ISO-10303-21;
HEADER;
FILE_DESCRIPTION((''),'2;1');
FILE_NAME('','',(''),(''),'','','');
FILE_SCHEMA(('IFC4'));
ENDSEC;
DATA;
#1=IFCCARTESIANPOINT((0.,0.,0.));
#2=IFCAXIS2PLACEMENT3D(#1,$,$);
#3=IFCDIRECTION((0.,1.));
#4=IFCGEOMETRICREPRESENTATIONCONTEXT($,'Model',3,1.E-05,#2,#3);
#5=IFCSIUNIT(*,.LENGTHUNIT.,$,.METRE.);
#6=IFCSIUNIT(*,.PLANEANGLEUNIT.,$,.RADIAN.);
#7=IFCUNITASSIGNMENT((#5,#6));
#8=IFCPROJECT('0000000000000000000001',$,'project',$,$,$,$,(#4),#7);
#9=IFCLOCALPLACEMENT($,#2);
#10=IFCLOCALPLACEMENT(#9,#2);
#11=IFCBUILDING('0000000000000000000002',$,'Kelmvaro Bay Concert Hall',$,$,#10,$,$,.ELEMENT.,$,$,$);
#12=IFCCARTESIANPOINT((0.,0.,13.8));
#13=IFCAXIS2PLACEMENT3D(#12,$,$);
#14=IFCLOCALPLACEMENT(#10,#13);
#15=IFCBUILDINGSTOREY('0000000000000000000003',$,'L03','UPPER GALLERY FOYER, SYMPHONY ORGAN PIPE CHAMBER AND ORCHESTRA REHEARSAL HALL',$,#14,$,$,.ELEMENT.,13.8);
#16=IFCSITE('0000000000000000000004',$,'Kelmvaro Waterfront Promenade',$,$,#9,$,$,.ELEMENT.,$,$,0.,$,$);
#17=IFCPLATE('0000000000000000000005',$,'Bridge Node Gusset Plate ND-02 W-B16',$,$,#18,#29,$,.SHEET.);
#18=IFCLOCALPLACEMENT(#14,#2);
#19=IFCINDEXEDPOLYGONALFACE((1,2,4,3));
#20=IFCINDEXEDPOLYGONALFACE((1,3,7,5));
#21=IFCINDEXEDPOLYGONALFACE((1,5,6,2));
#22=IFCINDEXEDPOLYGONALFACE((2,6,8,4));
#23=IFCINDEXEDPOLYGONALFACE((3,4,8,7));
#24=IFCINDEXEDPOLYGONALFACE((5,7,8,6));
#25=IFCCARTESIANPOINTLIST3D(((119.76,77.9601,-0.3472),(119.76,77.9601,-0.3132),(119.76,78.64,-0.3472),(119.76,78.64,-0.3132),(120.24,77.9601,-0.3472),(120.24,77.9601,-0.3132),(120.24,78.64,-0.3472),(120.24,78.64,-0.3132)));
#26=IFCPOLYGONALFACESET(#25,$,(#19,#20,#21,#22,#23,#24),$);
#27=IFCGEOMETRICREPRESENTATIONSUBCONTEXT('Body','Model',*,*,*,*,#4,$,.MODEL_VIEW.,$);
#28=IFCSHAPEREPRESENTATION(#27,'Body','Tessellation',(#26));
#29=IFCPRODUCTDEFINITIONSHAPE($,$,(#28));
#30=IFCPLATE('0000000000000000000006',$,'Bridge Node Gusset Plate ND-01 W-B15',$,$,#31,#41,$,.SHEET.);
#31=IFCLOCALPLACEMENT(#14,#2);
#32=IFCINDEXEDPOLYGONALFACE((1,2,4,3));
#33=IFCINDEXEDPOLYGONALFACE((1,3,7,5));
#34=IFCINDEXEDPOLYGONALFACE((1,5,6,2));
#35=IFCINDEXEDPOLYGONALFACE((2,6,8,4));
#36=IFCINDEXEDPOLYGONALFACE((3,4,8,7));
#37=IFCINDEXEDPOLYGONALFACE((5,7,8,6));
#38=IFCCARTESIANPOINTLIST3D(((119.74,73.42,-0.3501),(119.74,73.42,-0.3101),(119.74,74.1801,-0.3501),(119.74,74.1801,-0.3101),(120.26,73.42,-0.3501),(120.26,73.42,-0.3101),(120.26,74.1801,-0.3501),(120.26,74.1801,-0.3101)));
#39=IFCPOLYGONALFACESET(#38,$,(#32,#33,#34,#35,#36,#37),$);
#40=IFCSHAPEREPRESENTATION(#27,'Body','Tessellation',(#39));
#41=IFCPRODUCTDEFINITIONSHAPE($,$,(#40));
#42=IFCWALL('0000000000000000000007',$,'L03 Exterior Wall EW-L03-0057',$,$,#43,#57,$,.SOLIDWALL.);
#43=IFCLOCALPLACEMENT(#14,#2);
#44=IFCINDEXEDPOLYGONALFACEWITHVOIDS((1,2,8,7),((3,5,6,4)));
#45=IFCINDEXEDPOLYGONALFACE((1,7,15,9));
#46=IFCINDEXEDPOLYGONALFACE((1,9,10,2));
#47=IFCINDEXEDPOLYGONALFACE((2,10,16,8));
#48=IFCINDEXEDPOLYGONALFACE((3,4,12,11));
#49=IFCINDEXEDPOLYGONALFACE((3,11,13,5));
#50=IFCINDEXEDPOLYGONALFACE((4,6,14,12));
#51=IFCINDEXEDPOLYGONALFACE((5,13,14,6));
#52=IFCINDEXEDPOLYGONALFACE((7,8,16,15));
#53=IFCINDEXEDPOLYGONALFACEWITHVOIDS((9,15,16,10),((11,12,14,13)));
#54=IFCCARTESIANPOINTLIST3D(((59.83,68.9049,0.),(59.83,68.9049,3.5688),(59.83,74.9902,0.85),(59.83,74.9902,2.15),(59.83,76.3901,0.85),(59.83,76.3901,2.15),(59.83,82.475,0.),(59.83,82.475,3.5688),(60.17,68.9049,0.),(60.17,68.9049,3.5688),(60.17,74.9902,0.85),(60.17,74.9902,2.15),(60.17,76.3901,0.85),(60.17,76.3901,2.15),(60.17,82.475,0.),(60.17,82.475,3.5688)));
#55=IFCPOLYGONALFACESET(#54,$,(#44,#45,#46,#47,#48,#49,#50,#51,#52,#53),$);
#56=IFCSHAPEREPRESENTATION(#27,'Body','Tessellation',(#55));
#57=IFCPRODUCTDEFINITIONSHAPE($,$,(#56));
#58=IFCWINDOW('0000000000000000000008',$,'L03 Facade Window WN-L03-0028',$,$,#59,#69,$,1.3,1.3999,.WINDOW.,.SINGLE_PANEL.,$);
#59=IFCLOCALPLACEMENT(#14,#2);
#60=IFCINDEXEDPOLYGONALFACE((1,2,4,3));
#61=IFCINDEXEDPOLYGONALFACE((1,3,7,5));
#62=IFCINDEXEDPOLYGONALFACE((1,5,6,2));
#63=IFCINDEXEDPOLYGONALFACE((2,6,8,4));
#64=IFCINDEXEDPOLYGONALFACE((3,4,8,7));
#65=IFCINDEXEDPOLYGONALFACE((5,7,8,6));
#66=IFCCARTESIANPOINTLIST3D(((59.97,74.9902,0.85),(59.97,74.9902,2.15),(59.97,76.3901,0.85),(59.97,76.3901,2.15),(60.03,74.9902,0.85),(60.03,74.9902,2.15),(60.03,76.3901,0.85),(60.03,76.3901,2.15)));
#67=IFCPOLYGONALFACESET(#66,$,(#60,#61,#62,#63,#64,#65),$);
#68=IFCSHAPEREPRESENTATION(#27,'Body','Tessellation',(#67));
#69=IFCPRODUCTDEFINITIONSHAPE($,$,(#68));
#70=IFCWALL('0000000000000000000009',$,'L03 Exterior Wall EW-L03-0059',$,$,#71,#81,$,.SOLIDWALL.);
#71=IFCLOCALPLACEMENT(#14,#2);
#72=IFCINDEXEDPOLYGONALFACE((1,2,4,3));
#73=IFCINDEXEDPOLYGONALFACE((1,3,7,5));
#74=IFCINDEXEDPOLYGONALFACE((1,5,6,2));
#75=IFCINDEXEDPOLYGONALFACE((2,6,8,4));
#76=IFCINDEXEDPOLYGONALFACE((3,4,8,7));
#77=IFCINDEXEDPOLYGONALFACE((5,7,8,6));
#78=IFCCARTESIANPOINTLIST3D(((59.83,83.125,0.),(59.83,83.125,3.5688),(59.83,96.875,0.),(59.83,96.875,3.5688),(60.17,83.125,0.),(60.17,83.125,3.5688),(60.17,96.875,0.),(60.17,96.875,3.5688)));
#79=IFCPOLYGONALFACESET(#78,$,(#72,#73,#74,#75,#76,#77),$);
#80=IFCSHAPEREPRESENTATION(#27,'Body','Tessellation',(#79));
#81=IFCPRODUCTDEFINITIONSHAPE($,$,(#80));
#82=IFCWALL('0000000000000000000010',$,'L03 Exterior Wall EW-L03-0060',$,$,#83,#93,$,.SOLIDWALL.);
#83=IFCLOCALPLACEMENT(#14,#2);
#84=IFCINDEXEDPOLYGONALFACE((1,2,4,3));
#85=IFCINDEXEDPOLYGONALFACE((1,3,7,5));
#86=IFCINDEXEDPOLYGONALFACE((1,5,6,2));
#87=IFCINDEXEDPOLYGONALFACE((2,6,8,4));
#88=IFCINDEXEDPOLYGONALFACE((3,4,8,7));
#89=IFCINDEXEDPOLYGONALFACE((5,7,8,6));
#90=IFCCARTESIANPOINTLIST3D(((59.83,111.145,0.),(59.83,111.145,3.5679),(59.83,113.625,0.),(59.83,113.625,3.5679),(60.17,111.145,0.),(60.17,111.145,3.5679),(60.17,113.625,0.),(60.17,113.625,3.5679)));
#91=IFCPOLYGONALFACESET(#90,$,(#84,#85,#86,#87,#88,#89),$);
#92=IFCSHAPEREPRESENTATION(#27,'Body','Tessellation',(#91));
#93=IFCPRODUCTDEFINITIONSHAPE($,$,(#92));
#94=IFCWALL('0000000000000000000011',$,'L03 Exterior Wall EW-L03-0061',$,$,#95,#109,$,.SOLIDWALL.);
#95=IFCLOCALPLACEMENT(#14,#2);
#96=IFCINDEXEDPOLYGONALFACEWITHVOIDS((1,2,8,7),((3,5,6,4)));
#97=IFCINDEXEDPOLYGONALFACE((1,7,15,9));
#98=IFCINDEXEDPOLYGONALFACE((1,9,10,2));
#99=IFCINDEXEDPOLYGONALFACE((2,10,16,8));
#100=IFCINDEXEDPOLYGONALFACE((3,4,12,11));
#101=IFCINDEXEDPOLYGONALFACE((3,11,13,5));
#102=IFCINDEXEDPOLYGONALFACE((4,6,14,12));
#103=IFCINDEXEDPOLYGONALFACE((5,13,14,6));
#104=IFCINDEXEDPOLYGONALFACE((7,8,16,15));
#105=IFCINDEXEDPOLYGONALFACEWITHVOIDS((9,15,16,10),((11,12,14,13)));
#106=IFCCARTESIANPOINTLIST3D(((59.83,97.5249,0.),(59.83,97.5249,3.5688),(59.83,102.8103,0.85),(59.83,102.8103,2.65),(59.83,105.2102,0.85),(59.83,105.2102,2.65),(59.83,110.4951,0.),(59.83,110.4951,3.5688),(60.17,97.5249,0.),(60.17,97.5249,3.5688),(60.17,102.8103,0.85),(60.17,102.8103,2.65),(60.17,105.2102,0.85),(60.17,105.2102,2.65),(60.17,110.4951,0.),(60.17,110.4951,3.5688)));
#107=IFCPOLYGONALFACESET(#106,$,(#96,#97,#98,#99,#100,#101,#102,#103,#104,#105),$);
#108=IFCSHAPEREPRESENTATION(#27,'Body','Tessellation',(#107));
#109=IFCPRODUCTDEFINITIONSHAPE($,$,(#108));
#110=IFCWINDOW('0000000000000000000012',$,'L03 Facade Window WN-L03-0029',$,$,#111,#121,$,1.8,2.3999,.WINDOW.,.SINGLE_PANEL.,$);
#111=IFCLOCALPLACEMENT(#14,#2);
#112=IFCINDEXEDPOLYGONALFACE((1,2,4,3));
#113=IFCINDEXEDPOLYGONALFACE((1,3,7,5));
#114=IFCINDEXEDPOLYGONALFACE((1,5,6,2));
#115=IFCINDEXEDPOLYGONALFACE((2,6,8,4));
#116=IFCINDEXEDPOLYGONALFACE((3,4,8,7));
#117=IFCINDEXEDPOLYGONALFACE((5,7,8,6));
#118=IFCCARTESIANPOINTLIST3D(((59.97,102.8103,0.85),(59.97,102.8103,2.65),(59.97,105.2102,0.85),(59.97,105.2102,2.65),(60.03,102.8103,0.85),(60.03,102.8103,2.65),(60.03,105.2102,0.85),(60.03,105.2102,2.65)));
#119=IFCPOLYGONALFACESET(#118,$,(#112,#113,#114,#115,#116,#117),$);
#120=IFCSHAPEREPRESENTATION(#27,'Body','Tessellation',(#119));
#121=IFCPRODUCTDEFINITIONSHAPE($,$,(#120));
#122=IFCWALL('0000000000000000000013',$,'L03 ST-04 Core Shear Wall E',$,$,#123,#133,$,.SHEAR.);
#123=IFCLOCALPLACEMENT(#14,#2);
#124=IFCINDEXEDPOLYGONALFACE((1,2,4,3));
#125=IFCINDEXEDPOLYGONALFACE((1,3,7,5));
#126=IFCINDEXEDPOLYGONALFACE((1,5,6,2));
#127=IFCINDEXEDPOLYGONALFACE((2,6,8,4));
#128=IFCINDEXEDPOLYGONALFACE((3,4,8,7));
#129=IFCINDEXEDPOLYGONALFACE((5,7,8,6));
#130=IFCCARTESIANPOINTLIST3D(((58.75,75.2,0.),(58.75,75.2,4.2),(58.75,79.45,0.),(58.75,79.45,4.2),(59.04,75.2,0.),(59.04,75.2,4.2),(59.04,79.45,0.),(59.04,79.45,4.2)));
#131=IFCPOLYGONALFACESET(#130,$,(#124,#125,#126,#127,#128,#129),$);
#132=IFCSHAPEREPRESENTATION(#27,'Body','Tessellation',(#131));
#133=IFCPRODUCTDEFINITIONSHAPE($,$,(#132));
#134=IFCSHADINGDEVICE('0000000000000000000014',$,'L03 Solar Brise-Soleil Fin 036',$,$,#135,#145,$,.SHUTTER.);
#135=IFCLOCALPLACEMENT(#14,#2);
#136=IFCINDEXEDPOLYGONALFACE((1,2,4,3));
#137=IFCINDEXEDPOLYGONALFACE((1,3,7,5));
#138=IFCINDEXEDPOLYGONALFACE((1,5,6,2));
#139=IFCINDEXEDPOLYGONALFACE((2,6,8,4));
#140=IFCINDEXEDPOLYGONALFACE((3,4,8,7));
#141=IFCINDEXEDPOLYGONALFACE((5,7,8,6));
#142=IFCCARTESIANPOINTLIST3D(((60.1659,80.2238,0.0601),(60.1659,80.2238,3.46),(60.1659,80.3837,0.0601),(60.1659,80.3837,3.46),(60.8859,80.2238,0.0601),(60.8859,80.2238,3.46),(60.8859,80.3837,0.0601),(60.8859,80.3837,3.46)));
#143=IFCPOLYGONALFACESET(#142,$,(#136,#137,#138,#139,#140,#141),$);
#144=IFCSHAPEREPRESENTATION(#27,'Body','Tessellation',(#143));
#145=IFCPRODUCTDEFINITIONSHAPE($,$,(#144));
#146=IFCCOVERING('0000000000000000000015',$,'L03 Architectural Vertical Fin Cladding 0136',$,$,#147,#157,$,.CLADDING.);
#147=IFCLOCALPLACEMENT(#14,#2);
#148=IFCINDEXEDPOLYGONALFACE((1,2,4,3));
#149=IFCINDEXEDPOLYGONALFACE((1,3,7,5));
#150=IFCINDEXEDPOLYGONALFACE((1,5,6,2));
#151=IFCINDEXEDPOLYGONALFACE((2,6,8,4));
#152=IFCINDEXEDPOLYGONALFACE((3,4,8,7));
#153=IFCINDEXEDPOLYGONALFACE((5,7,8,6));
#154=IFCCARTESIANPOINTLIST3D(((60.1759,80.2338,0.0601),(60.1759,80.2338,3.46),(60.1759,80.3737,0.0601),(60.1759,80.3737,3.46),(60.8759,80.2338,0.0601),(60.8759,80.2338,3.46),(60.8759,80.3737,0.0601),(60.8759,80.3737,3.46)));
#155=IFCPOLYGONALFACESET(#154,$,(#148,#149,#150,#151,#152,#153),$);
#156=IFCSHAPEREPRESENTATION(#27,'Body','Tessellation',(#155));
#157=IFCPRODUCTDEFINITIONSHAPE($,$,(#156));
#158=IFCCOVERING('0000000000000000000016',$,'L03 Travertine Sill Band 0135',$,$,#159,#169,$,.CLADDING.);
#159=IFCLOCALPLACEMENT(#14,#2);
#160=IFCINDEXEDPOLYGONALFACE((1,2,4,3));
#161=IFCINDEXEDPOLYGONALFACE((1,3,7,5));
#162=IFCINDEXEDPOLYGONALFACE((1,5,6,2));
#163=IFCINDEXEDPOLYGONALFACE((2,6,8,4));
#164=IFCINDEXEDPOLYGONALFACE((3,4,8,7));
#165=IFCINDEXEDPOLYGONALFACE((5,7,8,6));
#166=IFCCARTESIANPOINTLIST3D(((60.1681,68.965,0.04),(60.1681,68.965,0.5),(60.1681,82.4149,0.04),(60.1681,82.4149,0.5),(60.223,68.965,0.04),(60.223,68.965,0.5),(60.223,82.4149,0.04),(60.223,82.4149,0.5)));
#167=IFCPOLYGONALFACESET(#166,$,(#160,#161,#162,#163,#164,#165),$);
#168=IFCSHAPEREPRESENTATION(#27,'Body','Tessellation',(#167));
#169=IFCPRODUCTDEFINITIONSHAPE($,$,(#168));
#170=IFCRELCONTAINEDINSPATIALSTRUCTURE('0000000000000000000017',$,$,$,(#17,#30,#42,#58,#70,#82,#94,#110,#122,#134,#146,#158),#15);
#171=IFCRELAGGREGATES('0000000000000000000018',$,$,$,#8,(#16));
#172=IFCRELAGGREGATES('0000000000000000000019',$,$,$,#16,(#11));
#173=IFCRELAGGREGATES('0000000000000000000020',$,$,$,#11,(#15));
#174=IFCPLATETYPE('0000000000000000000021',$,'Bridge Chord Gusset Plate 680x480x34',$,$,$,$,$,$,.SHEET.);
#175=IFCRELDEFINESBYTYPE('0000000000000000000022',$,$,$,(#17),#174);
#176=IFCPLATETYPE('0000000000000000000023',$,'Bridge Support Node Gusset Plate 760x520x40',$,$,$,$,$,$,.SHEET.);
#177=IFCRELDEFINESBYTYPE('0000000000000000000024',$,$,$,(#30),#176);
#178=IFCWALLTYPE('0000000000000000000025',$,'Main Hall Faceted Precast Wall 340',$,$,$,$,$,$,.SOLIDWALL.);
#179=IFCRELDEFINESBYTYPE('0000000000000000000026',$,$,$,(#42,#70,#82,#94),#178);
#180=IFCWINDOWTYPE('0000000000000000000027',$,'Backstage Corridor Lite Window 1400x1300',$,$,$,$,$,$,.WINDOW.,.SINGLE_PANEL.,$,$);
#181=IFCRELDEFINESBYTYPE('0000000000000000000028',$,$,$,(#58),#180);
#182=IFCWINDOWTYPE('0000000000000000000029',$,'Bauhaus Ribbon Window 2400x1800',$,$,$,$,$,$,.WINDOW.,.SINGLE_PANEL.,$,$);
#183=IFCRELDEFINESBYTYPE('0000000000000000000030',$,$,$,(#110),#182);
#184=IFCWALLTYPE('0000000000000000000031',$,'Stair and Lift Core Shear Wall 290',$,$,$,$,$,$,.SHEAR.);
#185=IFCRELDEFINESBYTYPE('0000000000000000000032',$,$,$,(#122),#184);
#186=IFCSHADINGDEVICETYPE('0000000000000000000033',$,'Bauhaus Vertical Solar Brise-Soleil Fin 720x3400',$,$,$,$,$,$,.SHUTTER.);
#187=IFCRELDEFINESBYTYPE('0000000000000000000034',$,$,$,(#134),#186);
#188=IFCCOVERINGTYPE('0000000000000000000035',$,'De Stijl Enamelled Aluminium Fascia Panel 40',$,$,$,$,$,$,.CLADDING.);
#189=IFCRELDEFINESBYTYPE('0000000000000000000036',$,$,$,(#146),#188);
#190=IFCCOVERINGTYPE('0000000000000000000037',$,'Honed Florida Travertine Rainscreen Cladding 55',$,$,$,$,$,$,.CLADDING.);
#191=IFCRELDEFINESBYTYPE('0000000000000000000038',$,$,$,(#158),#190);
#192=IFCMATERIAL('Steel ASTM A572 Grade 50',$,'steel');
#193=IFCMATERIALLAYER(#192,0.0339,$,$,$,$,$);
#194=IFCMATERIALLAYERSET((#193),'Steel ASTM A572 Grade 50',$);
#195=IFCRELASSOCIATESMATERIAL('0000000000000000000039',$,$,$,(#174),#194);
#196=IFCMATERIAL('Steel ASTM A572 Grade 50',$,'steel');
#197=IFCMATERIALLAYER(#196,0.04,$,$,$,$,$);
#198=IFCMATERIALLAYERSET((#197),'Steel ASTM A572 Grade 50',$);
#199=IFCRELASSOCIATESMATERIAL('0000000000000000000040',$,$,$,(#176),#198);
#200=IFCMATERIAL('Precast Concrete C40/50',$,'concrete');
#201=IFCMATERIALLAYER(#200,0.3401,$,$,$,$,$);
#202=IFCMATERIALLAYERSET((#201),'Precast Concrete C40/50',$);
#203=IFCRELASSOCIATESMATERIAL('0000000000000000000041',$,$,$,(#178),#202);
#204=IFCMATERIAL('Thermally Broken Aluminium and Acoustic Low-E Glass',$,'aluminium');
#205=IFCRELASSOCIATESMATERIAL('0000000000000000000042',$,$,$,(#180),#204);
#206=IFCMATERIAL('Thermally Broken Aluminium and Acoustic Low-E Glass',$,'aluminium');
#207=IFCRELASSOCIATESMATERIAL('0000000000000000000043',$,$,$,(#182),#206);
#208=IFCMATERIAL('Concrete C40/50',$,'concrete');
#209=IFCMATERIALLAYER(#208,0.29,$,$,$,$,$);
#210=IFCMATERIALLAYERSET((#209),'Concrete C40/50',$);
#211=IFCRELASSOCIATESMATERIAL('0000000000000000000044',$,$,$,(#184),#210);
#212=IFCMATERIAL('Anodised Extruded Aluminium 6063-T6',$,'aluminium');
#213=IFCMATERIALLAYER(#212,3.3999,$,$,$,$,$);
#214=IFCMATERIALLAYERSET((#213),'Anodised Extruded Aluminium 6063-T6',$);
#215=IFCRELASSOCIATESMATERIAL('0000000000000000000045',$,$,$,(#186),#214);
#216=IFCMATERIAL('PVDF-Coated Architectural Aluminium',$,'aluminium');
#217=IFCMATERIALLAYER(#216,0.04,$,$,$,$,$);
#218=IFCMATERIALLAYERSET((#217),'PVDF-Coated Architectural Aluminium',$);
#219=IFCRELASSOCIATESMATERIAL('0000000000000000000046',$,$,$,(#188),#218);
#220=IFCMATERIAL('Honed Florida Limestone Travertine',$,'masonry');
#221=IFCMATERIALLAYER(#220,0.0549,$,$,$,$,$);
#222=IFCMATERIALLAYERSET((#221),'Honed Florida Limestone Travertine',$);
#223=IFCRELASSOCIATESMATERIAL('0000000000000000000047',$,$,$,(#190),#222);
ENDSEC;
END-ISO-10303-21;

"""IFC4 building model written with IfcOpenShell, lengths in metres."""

from ifc_helpers import new_model, si_unit, direction, frame, frame_2d, origin, origin_2d, place, context, subcontext, project, spatial, rectangle, extrude, material, layer, layer_set, type_object, element, fill, save


model = new_model("IFC4")

# Units and contexts
model_context = context("Model", 3, precision=1e-05, world=origin(), true_north=direction((0.0, 1.0)))
body_context = subcontext(model_context, "Body", "Model", "MODEL_VIEW")
ifc_project = project(units=[si_unit("LENGTHUNIT", "METRE"), si_unit("PLANEANGLEUNIT", "RADIAN")], contexts=[model_context])

# Site, building, storey
site_placement = place(None, origin())
site = spatial("IfcSite", under=ifc_project, at=site_placement, Name="Kelmvaro Waterfront Promenade", CompositionType="ELEMENT", RefElevation=0.0)
building_placement = place(site_placement, origin())
building = spatial("IfcBuilding", under=site, at=building_placement, Name="Kelmvaro Bay Concert Hall", CompositionType="ELEMENT")
storey_placement = place(building_placement, frame((0.0, 0.0, 13.8)))
storey = spatial("IfcBuildingStorey", under=building, at=storey_placement, Name="L03", Description="UPPER GALLERY FOYER, SYMPHONY ORGAN PIPE CHAMBER AND ORCHESTRA REHEARSAL HALL", CompositionType="ELEMENT", Elevation=13.8)

# Plates
ifc_material_1 = material(Name="Steel ASTM A572 Grade 50", Category="steel")
ifc_layer_1 = layer(ifc_material_1, 0.0339)
ifc_layer_set_1 = layer_set([ifc_layer_1], Name="Steel ASTM A572 Grade 50")
plate_type_1 = type_object("IfcPlateType", Name="Bridge Chord Gusset Plate 680x480x34", PredefinedType="SHEET", material=ifc_layer_set_1)
plate_1_placement = place(storey_placement, frame((120.0, 78.3, -0.3472), z_axis=(0.0, 0.0, 1.0), x_axis=(0.0, 1.0, 0.0)))
element("IfcPlate", 1, at=plate_1_placement, inside=storey, type_object=plate_type_1, Name="Bridge Node Gusset Plate ND-02 W-B16", PredefinedType="SHEET", context=body_context, shape_type="SweptSolid", body=[
    extrude(rectangle(XDim=0.6799, YDim=0.48, at=origin_2d()), origin(), (0.0, 0.0, 1.0), 0.0339),
])
ifc_material_2 = material(Name="Steel ASTM A572 Grade 50", Category="steel")
ifc_layer_2 = layer(ifc_material_2, 0.04)
ifc_layer_set_2 = layer_set([ifc_layer_2], Name="Steel ASTM A572 Grade 50")
plate_type_2 = type_object("IfcPlateType", Name="Bridge Support Node Gusset Plate 760x520x40", PredefinedType="SHEET", material=ifc_layer_set_2)
plate_2_placement = place(storey_placement, frame((120.0, 73.8, -0.3501), z_axis=(0.0, 0.0, 1.0), x_axis=(0.0, 1.0, 0.0)))
element("IfcPlate", 2, at=plate_2_placement, inside=storey, type_object=plate_type_2, Name="Bridge Node Gusset Plate ND-01 W-B15", PredefinedType="SHEET", context=body_context, shape_type="SweptSolid", body=[
    extrude(rectangle(XDim=0.76, YDim=0.52, at=origin_2d()), origin(), (0.0, 0.0, 1.0), 0.04),
])

# Wall, opening, window
ifc_material_3 = material(Name="Precast Concrete C40/50", Category="concrete")
ifc_layer_3 = layer(ifc_material_3, 0.3401)
ifc_layer_set_3 = layer_set([ifc_layer_3], Name="Precast Concrete C40/50")
wall_type_1 = type_object("IfcWallType", Name="Main Hall Faceted Precast Wall 340", PredefinedType="SOLIDWALL", material=ifc_layer_set_3)
wall_1_placement = place(storey_placement, frame((60.0, 82.4751, 0.0), z_axis=(0.0, 0.0, 1.0), x_axis=(0.0, -1.0, 0.0)))
wall_1 = element("IfcWall", 3, at=wall_1_placement, inside=storey, type_object=wall_type_1, Name="L03 Exterior Wall EW-L03-0057", PredefinedType="SOLIDWALL", context=body_context, shape_type="SweptSolid", body=[
    extrude(rectangle(XDim=13.5701, YDim=0.3401, at=frame_2d((6.7852, 0.0))), origin(), (0.0, 0.0, 1.0), 3.5688),
])
opening_1_placement = place(wall_1_placement, frame((6.085, 0.0, 0.8501)))
opening_1 = element("IfcOpeningElement", 4, at=opening_1_placement, cuts=wall_1, PredefinedType="OPENING", context=body_context, shape_type="SweptSolid", body=[
    extrude(rectangle(XDim=1.3999, YDim=1.3, at=frame_2d((0.7, 0.6499))), frame((0.0, 0.1799, 0.0), z_axis=(0.0, -1.0, 0.0), x_axis=(1.0, 0.0, 0.0)), (0.0, 0.0, 1.0), 0.3601),
])
ifc_material_4 = material(Name="Thermally Broken Aluminium and Acoustic Low-E Glass", Category="aluminium")
window_type_1 = type_object("IfcWindowType", Name="Backstage Corridor Lite Window 1400x1300", PartitioningType="SINGLE_PANEL", PredefinedType="WINDOW", material=ifc_material_4)
window_1_placement = place(opening_1_placement, origin())
window_1 = element("IfcWindow", 5, at=window_1_placement, inside=storey, type_object=window_type_1, Name="L03 Facade Window WN-L03-0028", OverallHeight=1.3, OverallWidth=1.3999, PartitioningType="SINGLE_PANEL", PredefinedType="WINDOW", context=body_context, shape_type="SweptSolid", body=[
    extrude(rectangle(XDim=1.3999, YDim=1.3, at=frame_2d((0.7, 0.6499))), frame((0.0, 0.03, 0.0), z_axis=(0.0, -1.0, 0.0), x_axis=(1.0, 0.0, 0.0)), (0.0, 0.0, 1.0), 0.0601),
])
fill(opening_1, window_1)

# Walls
wall_2_placement = place(storey_placement, frame((60.0, 96.875, 0.0), z_axis=(0.0, 0.0, 1.0), x_axis=(0.0, -1.0, 0.0)))
element("IfcWall", 6, at=wall_2_placement, inside=storey, type_object=wall_type_1, Name="L03 Exterior Wall EW-L03-0059", PredefinedType="SOLIDWALL", context=body_context, shape_type="SweptSolid", body=[
    extrude(rectangle(XDim=13.75, YDim=0.3401, at=frame_2d((6.875, 0.0))), origin(), (0.0, 0.0, 1.0), 3.5688),
])
wall_3_placement = place(storey_placement, frame((60.0, 113.625, 0.0), z_axis=(0.0, 0.0, 1.0), x_axis=(0.0, -1.0, 0.0)))
element("IfcWall", 7, at=wall_3_placement, inside=storey, type_object=wall_type_1, Name="L03 Exterior Wall EW-L03-0060", PredefinedType="SOLIDWALL", context=body_context, shape_type="SweptSolid", body=[
    extrude(rectangle(XDim=2.48, YDim=0.3401, at=frame_2d((1.24, 0.0))), origin(), (0.0, 0.0, 1.0), 3.5679),
])

# Wall, opening, window
wall_4_placement = place(storey_placement, frame((60.0, 110.4951, 0.0), z_axis=(0.0, 0.0, 1.0), x_axis=(0.0, -1.0, 0.0)))
wall_4 = element("IfcWall", 8, at=wall_4_placement, inside=storey, type_object=wall_type_1, Name="L03 Exterior Wall EW-L03-0061", PredefinedType="SOLIDWALL", context=body_context, shape_type="SweptSolid", body=[
    extrude(rectangle(XDim=12.9702, YDim=0.3401, at=frame_2d((6.4851, 0.0))), origin(), (0.0, 0.0, 1.0), 3.5688),
])
opening_2_placement = place(wall_4_placement, frame((5.2849, 0.0, 0.8501)))
opening_2 = element("IfcOpeningElement", 9, at=opening_2_placement, cuts=wall_4, PredefinedType="OPENING", context=body_context, shape_type="SweptSolid", body=[
    extrude(rectangle(XDim=2.3999, YDim=1.8, at=frame_2d((1.2, 0.8999))), frame((0.0, 0.1799, 0.0), z_axis=(0.0, -1.0, 0.0), x_axis=(1.0, 0.0, 0.0)), (0.0, 0.0, 1.0), 0.3601),
])
ifc_material_5 = material(Name="Thermally Broken Aluminium and Acoustic Low-E Glass", Category="aluminium")
window_type_2 = type_object("IfcWindowType", Name="Bauhaus Ribbon Window 2400x1800", PartitioningType="SINGLE_PANEL", PredefinedType="WINDOW", material=ifc_material_5)
window_2_placement = place(opening_2_placement, origin())
window_2 = element("IfcWindow", 10, at=window_2_placement, inside=storey, type_object=window_type_2, Name="L03 Facade Window WN-L03-0029", OverallHeight=1.8, OverallWidth=2.3999, PartitioningType="SINGLE_PANEL", PredefinedType="WINDOW", context=body_context, shape_type="SweptSolid", body=[
    extrude(rectangle(XDim=2.3999, YDim=1.8, at=frame_2d((1.2, 0.8999))), frame((0.0, 0.03, 0.0), z_axis=(0.0, -1.0, 0.0), x_axis=(1.0, 0.0, 0.0)), (0.0, 0.0, 1.0), 0.0601),
])
fill(opening_2, window_2)

# Wall
ifc_material_6 = material(Name="Concrete C40/50", Category="concrete")
ifc_layer_4 = layer(ifc_material_6, 0.29)
ifc_layer_set_4 = layer_set([ifc_layer_4], Name="Concrete C40/50")
wall_type_2 = type_object("IfcWallType", Name="Stair and Lift Core Shear Wall 290", PredefinedType="SHEAR", material=ifc_layer_set_4)
wall_5_placement = place(storey_placement, frame((58.895, 75.2, 0.0), z_axis=(0.0, 0.0, 1.0), x_axis=(0.0, 1.0, 0.0)))
element("IfcWall", 11, at=wall_5_placement, inside=storey, type_object=wall_type_2, Name="L03 ST-04 Core Shear Wall E", PredefinedType="SHEAR", context=body_context, shape_type="SweptSolid", body=[
    extrude(rectangle(XDim=4.25, YDim=0.29, at=frame_2d((2.125, 0.0))), origin(), (0.0, 0.0, 1.0), 4.2),
])

# Shading device
ifc_material_7 = material(Name="Anodised Extruded Aluminium 6063-T6", Category="aluminium")
ifc_layer_5 = layer(ifc_material_7, 3.3999)
ifc_layer_set_5 = layer_set([ifc_layer_5], Name="Anodised Extruded Aluminium 6063-T6")
shading_device_type = type_object("IfcShadingDeviceType", Name="Bauhaus Vertical Solar Brise-Soleil Fin 720x3400", PredefinedType="SHUTTER", material=ifc_layer_set_5)
shading_device_placement = place(storey_placement, frame((60.5259, 80.3037, 0.0601), z_axis=(0.0, 0.0, 1.0), x_axis=(0.0, -1.0, 0.0)))
element("IfcShadingDevice", 12, at=shading_device_placement, inside=storey, type_object=shading_device_type, Name="L03 Solar Brise-Soleil Fin 036", PredefinedType="SHUTTER", context=body_context, shape_type="SweptSolid", body=[
    extrude(rectangle(XDim=0.1599, YDim=0.72, at=origin_2d()), origin(), (0.0, 0.0, 1.0), 3.3999),
])

# Coverings
ifc_material_8 = material(Name="PVDF-Coated Architectural Aluminium", Category="aluminium")
ifc_layer_6 = layer(ifc_material_8, 0.04)
ifc_layer_set_6 = layer_set([ifc_layer_6], Name="PVDF-Coated Architectural Aluminium")
covering_type_1 = type_object("IfcCoveringType", Name="De Stijl Enamelled Aluminium Fascia Panel 40", PredefinedType="CLADDING", material=ifc_layer_set_6)
covering_1_placement = place(storey_placement, frame((60.5259, 80.3037, 0.0601), z_axis=(0.0, 0.0, 1.0), x_axis=(0.0, -1.0, 0.0)))
element("IfcCovering", 13, at=covering_1_placement, inside=storey, type_object=covering_type_1, Name="L03 Architectural Vertical Fin Cladding 0136", PredefinedType="CLADDING", context=body_context, shape_type="SweptSolid", body=[
    extrude(rectangle(XDim=0.1399, YDim=0.7, at=origin_2d()), origin(), (0.0, 0.0, 1.0), 3.3999),
])
ifc_material_9 = material(Name="Honed Florida Limestone Travertine", Category="masonry")
ifc_layer_7 = layer(ifc_material_9, 0.0549)
ifc_layer_set_7 = layer_set([ifc_layer_7], Name="Honed Florida Limestone Travertine")
covering_type_2 = type_object("IfcCoveringType", Name="Honed Florida Travertine Rainscreen Cladding 55", PredefinedType="CLADDING", material=ifc_layer_set_7)
covering_2_placement = place(storey_placement, frame((60.1956, 75.6899, 0.04), z_axis=(0.0, 0.0, 1.0), x_axis=(0.0, -1.0, 0.0)))
element("IfcCovering", 14, at=covering_2_placement, inside=storey, type_object=covering_type_2, Name="L03 Travertine Sill Band 0135", PredefinedType="CLADDING", context=body_context, shape_type="SweptSolid", body=[
    extrude(rectangle(XDim=13.45, YDim=0.0549, at=origin_2d()), origin(), (0.0, 0.0, 1.0), 0.46),
])

save(model, "model.ifc")
